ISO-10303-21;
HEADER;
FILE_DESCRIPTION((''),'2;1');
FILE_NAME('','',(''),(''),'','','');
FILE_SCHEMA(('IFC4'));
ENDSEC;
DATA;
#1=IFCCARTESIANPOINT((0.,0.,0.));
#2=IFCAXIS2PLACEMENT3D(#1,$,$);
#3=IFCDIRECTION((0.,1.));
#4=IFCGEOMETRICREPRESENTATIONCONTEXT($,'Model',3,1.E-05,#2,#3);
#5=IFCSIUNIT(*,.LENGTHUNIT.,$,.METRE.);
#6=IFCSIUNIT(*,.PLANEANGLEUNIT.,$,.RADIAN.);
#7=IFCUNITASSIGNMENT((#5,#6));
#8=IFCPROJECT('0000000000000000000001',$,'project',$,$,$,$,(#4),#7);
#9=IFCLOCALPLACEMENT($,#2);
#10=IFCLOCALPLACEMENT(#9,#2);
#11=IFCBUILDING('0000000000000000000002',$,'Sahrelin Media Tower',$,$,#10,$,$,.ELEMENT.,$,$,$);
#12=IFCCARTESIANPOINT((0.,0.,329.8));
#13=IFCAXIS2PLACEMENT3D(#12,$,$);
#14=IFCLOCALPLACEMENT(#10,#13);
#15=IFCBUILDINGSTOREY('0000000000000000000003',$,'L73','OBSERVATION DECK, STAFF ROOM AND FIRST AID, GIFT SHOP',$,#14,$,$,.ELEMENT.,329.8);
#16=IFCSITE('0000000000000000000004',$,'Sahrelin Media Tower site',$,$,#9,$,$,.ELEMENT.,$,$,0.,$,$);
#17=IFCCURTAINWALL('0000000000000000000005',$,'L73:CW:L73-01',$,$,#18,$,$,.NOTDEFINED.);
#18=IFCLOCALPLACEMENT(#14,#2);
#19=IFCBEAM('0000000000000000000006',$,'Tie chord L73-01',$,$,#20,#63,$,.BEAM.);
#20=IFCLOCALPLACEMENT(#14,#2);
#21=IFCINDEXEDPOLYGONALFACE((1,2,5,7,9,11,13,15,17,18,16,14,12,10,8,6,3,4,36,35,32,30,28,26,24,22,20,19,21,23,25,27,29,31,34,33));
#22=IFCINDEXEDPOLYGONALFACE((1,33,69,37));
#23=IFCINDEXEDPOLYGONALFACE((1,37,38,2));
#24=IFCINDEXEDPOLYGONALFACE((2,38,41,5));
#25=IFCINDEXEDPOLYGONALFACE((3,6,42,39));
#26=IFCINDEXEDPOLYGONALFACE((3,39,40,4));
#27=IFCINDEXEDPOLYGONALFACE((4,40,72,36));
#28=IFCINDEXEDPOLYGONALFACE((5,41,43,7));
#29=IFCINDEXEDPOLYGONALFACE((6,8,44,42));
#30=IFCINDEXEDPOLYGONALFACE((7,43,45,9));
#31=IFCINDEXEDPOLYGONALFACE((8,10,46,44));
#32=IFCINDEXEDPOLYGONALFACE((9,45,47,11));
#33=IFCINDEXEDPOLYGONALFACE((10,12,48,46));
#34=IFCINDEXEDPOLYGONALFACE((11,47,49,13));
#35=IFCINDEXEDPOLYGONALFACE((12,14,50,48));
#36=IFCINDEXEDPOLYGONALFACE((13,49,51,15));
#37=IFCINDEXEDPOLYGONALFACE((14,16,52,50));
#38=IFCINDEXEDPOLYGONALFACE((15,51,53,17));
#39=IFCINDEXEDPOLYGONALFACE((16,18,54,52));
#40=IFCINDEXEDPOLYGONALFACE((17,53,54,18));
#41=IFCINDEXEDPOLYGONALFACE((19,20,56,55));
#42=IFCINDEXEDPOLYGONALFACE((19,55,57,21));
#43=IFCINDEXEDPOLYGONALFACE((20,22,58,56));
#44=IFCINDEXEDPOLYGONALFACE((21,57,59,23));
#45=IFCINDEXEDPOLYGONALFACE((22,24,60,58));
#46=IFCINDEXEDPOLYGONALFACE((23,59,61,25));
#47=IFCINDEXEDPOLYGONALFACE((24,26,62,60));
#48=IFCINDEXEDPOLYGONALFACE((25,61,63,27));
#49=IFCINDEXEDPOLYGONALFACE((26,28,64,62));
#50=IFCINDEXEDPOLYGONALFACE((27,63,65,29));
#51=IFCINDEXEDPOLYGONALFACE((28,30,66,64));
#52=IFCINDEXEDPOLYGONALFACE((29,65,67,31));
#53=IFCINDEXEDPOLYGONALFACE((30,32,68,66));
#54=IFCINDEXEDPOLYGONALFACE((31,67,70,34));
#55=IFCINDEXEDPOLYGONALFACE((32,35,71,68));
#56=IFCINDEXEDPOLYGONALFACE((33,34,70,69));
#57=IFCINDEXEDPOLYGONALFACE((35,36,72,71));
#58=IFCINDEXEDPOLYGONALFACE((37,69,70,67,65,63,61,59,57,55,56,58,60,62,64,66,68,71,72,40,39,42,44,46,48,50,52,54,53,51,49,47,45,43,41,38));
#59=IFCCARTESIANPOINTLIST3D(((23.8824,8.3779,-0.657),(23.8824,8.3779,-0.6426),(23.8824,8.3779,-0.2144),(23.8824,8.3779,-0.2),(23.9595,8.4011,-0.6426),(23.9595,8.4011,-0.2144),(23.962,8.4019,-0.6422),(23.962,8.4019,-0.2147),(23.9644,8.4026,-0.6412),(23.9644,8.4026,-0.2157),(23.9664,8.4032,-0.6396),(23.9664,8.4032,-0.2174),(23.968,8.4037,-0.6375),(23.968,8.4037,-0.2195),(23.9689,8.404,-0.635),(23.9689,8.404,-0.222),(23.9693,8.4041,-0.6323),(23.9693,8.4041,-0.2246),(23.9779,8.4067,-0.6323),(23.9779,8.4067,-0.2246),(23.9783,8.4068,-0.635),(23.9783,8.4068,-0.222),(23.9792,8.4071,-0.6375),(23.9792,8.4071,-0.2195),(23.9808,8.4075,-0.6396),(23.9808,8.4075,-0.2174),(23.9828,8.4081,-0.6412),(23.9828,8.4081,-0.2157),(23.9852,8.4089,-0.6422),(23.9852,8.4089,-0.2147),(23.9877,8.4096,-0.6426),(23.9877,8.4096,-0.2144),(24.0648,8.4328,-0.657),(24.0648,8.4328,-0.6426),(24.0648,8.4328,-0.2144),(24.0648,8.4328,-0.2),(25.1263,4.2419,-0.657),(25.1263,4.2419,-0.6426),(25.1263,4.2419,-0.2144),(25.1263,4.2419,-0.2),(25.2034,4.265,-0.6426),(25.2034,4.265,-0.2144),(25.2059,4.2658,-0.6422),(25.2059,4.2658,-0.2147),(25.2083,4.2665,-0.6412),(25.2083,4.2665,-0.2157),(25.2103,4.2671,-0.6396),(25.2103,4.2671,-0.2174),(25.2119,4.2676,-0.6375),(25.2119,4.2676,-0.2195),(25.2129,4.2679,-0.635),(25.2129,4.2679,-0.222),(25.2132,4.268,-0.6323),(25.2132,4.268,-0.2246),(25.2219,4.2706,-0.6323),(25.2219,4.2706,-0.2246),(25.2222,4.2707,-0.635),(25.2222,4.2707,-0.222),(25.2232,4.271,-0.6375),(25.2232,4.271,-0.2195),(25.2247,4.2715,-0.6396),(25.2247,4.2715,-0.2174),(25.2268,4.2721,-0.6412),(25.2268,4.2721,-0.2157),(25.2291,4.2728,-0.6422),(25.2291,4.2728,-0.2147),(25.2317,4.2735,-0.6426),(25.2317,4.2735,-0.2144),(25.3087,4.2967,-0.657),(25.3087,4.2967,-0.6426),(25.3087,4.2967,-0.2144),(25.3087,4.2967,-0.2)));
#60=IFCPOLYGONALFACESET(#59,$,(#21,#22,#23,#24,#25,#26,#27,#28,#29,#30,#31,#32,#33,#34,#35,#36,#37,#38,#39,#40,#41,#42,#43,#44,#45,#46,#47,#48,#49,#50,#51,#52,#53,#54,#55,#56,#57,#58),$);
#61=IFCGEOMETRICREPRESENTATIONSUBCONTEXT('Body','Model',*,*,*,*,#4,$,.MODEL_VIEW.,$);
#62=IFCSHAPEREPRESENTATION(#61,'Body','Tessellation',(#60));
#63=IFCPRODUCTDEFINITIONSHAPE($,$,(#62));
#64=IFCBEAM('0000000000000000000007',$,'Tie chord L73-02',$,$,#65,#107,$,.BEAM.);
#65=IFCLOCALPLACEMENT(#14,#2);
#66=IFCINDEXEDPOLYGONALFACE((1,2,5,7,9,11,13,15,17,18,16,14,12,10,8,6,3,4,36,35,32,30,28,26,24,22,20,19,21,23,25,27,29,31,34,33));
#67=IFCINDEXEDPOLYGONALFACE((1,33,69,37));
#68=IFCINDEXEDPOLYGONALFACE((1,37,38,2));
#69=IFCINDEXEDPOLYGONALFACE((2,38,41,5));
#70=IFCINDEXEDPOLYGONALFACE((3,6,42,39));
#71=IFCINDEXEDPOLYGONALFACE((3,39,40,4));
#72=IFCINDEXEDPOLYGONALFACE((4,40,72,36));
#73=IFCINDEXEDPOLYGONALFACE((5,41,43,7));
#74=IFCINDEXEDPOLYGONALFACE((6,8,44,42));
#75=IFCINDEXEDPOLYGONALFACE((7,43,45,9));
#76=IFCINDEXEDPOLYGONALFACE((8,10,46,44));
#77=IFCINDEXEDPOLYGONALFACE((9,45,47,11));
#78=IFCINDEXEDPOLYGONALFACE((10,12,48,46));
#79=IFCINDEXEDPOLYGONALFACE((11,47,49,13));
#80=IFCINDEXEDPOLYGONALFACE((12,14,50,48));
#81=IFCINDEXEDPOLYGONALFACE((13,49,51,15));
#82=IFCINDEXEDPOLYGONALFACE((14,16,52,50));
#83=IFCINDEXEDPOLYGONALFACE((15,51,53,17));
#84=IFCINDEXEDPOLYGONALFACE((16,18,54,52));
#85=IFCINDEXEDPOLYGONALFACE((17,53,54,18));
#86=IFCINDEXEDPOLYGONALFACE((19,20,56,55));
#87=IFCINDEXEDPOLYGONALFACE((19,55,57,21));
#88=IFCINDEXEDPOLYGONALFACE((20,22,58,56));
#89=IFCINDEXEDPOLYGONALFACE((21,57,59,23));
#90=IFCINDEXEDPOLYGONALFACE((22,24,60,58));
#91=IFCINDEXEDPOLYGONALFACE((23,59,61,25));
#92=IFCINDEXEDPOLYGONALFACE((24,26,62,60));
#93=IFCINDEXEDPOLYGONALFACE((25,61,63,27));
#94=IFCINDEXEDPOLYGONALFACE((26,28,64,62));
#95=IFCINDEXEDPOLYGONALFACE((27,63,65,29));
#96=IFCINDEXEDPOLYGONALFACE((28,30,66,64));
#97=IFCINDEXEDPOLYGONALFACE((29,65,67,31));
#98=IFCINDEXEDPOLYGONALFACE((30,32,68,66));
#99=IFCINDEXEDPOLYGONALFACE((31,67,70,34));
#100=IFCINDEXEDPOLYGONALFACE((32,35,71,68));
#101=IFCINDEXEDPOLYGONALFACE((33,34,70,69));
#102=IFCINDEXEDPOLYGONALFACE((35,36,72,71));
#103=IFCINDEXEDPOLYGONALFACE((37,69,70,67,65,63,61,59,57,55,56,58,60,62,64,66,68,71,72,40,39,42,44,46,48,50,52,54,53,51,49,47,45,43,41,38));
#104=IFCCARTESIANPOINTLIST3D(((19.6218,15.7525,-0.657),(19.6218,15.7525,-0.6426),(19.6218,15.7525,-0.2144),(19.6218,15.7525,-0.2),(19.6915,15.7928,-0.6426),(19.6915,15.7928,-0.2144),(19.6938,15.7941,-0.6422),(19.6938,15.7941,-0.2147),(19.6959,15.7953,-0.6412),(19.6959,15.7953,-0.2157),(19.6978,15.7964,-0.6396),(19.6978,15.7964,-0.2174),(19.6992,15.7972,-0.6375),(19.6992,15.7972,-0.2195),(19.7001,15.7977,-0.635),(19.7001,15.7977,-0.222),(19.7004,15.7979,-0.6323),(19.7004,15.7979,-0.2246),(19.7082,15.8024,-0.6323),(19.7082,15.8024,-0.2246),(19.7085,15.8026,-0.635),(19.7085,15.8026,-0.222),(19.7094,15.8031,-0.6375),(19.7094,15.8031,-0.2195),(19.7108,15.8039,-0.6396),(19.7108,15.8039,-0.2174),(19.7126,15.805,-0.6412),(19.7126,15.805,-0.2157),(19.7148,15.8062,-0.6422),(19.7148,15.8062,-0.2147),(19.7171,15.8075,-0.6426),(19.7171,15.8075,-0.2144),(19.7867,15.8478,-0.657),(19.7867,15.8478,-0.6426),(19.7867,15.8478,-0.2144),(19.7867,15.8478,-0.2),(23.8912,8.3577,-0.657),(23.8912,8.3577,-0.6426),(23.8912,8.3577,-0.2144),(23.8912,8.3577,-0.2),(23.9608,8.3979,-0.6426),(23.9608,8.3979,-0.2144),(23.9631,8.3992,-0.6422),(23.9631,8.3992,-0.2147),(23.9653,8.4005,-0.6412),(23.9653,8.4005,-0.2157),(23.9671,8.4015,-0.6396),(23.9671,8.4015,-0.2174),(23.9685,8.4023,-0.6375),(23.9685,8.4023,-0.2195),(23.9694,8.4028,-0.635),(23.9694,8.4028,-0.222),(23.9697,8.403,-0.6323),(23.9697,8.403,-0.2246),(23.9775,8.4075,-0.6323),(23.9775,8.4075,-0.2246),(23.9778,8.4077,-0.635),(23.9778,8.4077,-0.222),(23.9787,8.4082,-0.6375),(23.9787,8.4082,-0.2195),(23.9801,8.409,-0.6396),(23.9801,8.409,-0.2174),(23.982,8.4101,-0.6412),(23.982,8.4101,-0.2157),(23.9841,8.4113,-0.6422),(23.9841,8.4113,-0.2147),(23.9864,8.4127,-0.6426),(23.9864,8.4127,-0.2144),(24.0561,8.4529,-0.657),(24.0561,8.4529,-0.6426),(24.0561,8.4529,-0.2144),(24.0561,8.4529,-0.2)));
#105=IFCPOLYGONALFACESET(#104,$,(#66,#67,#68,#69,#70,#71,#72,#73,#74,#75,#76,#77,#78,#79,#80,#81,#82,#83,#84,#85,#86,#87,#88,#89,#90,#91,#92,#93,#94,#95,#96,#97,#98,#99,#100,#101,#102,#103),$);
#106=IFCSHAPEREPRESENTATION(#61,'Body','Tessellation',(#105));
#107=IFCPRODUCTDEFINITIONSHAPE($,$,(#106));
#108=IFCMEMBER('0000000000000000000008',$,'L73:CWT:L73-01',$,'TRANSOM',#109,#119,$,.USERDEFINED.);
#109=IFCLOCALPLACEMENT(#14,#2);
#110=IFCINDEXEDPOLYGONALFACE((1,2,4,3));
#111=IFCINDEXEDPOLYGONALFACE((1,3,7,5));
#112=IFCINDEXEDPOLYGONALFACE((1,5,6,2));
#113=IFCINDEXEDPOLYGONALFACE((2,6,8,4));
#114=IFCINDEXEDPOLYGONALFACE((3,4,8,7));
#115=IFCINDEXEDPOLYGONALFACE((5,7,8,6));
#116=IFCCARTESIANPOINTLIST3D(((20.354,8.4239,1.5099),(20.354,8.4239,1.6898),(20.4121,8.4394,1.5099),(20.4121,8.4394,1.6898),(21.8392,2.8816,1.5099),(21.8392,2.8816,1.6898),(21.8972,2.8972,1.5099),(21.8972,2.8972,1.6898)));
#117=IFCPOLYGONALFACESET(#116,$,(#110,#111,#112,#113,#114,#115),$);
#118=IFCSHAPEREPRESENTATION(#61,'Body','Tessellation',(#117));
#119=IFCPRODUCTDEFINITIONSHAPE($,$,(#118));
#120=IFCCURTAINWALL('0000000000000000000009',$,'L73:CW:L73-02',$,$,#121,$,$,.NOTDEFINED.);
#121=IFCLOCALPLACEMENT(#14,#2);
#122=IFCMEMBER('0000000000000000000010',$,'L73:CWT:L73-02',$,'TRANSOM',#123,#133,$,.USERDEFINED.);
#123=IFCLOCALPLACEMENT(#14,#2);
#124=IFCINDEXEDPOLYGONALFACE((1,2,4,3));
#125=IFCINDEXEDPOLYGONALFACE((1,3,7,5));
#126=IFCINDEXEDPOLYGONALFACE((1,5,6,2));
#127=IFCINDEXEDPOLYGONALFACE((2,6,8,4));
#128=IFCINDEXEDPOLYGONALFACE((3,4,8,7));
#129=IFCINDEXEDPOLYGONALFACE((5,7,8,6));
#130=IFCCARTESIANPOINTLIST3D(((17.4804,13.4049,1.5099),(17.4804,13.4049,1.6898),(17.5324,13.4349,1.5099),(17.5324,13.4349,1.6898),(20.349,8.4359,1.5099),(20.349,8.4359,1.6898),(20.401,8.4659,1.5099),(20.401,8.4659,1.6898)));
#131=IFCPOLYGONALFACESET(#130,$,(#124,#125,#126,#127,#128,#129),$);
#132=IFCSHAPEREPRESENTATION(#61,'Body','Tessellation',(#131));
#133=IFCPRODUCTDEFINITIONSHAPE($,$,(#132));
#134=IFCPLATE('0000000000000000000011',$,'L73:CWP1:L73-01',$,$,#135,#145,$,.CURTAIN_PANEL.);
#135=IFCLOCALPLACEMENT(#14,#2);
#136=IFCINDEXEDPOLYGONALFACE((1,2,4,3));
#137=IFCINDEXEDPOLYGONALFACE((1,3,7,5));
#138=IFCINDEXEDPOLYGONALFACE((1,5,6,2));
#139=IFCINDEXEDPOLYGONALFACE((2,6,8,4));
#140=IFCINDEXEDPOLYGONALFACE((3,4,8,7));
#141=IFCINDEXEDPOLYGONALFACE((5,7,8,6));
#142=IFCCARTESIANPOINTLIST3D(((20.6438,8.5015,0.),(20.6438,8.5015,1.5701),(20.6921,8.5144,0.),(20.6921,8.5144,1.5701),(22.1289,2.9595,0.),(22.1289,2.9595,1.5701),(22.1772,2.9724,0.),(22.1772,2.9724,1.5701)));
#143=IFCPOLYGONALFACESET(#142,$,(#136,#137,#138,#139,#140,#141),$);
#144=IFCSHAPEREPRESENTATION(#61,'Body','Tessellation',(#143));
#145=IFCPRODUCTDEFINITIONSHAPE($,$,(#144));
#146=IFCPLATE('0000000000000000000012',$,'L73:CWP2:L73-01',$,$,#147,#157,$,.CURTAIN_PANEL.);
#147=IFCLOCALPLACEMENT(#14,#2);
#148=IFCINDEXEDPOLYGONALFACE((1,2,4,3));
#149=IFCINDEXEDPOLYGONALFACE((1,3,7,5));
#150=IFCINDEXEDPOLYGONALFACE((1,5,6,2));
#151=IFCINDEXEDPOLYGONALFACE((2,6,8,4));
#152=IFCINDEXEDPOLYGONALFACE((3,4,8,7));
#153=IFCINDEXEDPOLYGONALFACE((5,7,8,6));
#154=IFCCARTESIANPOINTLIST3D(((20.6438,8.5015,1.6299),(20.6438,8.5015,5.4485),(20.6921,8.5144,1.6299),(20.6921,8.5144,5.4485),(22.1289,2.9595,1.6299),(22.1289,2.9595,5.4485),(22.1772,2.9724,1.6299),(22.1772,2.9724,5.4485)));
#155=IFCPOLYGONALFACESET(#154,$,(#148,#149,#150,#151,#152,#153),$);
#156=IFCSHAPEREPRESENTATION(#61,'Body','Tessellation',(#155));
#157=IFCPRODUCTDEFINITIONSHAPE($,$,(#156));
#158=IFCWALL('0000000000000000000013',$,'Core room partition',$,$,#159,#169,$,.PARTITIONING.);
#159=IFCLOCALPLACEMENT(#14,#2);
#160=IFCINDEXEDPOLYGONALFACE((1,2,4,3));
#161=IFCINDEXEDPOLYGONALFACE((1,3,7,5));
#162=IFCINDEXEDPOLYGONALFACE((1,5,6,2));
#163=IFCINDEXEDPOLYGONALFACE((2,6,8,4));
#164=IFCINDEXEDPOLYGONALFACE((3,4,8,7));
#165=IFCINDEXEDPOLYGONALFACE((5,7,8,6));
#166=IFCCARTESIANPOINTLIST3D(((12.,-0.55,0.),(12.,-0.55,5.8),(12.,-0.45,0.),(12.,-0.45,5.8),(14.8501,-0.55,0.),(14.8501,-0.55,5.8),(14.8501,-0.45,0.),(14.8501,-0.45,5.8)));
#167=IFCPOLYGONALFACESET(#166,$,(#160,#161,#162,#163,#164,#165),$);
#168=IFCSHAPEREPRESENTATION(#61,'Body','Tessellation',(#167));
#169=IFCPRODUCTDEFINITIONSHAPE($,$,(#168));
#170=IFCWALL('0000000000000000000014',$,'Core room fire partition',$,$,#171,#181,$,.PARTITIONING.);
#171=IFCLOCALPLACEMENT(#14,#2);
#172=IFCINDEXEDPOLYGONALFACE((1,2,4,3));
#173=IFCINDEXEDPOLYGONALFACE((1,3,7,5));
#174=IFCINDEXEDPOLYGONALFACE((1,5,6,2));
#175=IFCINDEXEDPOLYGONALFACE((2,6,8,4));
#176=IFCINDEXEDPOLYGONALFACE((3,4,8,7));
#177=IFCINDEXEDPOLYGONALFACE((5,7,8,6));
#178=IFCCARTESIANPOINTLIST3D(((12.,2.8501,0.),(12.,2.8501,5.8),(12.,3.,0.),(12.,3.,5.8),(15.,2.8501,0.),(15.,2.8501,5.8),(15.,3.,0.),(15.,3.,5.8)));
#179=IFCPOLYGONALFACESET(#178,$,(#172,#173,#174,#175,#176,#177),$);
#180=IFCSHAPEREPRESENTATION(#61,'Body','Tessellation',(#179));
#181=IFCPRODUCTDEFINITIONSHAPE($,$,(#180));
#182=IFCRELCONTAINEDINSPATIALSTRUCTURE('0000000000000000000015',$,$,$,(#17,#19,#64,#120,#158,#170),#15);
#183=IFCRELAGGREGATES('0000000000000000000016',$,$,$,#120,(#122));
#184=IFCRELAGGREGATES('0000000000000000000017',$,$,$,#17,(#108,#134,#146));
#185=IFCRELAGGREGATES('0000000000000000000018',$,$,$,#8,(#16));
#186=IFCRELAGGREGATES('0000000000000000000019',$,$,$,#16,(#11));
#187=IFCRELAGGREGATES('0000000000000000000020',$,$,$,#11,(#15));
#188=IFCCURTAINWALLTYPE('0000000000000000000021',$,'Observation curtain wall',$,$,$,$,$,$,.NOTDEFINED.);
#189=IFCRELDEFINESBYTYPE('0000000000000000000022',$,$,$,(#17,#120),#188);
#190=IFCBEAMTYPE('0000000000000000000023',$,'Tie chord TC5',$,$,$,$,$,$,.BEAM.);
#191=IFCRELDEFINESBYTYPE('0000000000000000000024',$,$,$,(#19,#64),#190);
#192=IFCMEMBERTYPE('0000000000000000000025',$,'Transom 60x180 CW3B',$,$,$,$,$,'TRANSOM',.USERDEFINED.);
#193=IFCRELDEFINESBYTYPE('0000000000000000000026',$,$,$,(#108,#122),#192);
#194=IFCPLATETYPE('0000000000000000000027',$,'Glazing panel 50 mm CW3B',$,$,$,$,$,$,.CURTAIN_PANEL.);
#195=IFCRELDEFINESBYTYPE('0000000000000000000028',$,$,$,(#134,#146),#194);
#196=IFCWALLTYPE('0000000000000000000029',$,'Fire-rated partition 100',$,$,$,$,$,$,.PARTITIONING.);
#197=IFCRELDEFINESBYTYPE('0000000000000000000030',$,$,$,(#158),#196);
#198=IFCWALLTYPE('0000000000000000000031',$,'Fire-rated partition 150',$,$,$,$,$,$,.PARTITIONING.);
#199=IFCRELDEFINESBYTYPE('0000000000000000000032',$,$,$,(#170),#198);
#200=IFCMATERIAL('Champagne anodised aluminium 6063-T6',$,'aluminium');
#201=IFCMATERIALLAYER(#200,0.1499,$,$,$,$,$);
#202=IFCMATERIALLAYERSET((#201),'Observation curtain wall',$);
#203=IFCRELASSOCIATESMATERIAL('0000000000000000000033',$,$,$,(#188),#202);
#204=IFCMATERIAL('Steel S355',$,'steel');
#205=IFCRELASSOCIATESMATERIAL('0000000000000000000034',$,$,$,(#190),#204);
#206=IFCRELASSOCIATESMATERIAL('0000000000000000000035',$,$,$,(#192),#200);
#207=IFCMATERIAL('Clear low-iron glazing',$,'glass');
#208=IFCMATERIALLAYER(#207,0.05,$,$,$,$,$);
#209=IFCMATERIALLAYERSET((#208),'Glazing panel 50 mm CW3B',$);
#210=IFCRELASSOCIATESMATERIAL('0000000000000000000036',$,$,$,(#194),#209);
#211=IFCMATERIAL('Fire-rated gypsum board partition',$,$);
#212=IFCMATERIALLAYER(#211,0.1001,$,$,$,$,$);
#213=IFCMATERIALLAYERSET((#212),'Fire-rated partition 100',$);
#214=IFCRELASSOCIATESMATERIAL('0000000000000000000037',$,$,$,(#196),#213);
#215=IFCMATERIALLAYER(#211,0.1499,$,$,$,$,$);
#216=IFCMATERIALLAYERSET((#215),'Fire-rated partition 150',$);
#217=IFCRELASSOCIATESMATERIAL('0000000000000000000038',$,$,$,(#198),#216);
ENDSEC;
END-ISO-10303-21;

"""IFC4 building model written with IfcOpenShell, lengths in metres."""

from ifc_helpers import new_model, si_unit, direction, frame, frame_2d, origin, origin_2d, place, context, subcontext, project, spatial, polyline, rectangle, i_section, outline, extrude, material, layer, layer_set, material_profile, profile_set, type_object, element, aggregate, save


model = new_model("IFC4")

# Units and contexts
model_context = context("Model", 3, precision=1e-05, world=origin(), true_north=direction((0.0, 1.0)))
body_context = subcontext(model_context, "Body", "Model", "MODEL_VIEW")
ifc_project = project(units=[si_unit("LENGTHUNIT", "METRE"), si_unit("PLANEANGLEUNIT", "RADIAN")], contexts=[model_context])

# Site, building, storey
site_placement = place(None, origin())
site = spatial("IfcSite", under=ifc_project, at=site_placement, Name="Sahrelin Media Tower site", CompositionType="ELEMENT", RefElevation=0.0)
building_placement = place(site_placement, origin())
building = spatial("IfcBuilding", under=site, at=building_placement, Name="Sahrelin Media Tower", CompositionType="ELEMENT")
storey_placement = place(building_placement, frame((0.0, 0.0, 329.8)))
storey = spatial("IfcBuildingStorey", under=building, at=storey_placement, Name="L73", Description="OBSERVATION DECK, STAFF ROOM AND FIRST AID, GIFT SHOP", CompositionType="ELEMENT", Elevation=329.8)

# Shared definitions
ifc_material_1 = material(Name="Steel S355", Category="steel")

# Curtain wall
ifc_material_2 = material(Name="Champagne anodised aluminium 6063-T6", Category="aluminium")
ifc_layer_1 = layer(ifc_material_2, 0.1499)
ifc_layer_set_1 = layer_set([ifc_layer_1], Name="Observation curtain wall")
curtain_wall_type = type_object("IfcCurtainWallType", Name="Observation curtain wall", PredefinedType="NOTDEFINED", material=ifc_layer_set_1)
curtain_wall_1_placement = place(storey_placement, frame((21.4153, 5.7383, 0.0), z_axis=(0.0, 0.0, 1.0), x_axis=(1.0, 0.0, 0.0)))
curtain_wall_1 = element("IfcCurtainWall", 1, at=curtain_wall_1_placement, inside=storey, type_object=curtain_wall_type, Name="L73:CW:L73-01", PredefinedType="NOTDEFINED")

# Beams
ifc_material_profile_1 = material_profile(ifc_material_1, i_section(OverallWidth=0.1904, OverallDepth=0.457, WebThickness=0.009, FlangeThickness=0.0144, FilletRadius=0.0103, at=origin_2d()), Name="UB 457x191x74")
ifc_profile_set_1 = profile_set([ifc_material_profile_1], Name="Steel S355")
beam_type_1 = type_object("IfcBeamType", Name="Tie chord TC5", PredefinedType="BEAM", material=ifc_profile_set_1)
beam_1_placement = place(storey_placement, frame((25.2175, 4.2693, -0.4285), z_axis=(-0.288006, 0.957628, 0.0), x_axis=(-0.957628, -0.288006, 0.0)))
element("IfcBeam", 2, at=beam_1_placement, inside=storey, type_object=beam_type_1, Name="Tie chord L73-01", PredefinedType="BEAM", context=body_context, shape_type="SweptSolid", body=[
    extrude(i_section(OverallWidth=0.1904, OverallDepth=0.457, WebThickness=0.009, FlangeThickness=0.0144, FilletRadius=0.0103, at=origin_2d()), origin(), (0.0, 0.0, 1.0), 4.3191),
])
beam_2_placement = place(storey_placement, frame((23.9736, 8.4053, -0.4285), z_axis=(-0.499992, 0.86603, 0.0), x_axis=(-0.86603, -0.499992, 0.0)))
element("IfcBeam", 3, at=beam_2_placement, inside=storey, type_object=beam_type_1, Name="Tie chord L73-02", PredefinedType="BEAM", context=body_context, shape_type="SweptSolid", body=[
    extrude(i_section(OverallWidth=0.1904, OverallDepth=0.457, WebThickness=0.009, FlangeThickness=0.0144, FilletRadius=0.0103, at=origin_2d()), origin(), (0.0, 0.0, 1.0), 8.5388),
])

# Member
ifc_material_profile_2 = material_profile(ifc_material_2, rectangle(XDim=0.0601, YDim=0.1799, at=origin_2d()), Name="Transom 60x180")
ifc_profile_set_2 = profile_set([ifc_material_profile_2], Name="Champagne anodised aluminium 6063-T6")
member_type_1 = type_object("IfcMemberType", Name="Transom 60x180 CW3B", ElementType="TRANSOM", PredefinedType="USERDEFINED", material=ifc_profile_set_2)
member_1_placement = place(storey_placement, frame((21.8682, 2.8894, 1.5999), z_axis=(-0.25883, 0.965923, 0.0), x_axis=(-0.965923, -0.25883, 0.0)))
member_1 = element("IfcMember", 4, at=member_1_placement, type_object=member_type_1, Name="L73:CWT:L73-01", ObjectType="TRANSOM", PredefinedType="USERDEFINED", context=body_context, shape_type="SweptSolid", body=[
    extrude(rectangle(XDim=0.0601, YDim=0.1799, at=origin_2d()), origin(), (0.0, 0.0, 1.0), 5.7378),
])

# Curtain wall, member
curtain_wall_2_placement = place(storey_placement, frame((19.2004, 11.0854, 0.0), z_axis=(0.0, 0.0, 1.0), x_axis=(1.0, 0.0, 0.0)))
curtain_wall_2 = element("IfcCurtainWall", 5, at=curtain_wall_2_placement, inside=storey, type_object=curtain_wall_type, Name="L73:CW:L73-02", PredefinedType="NOTDEFINED")
member_2_placement = place(storey_placement, frame((20.375, 8.4509, 1.5999), z_axis=(-0.499974, 0.86604, 0.0), x_axis=(-0.86604, -0.499974, 0.0)))
member_2 = element("IfcMember", 6, at=member_2_placement, type_object=member_type_1, Name="L73:CWT:L73-02", ObjectType="TRANSOM", PredefinedType="USERDEFINED", context=body_context, shape_type="SweptSolid", body=[
    extrude(rectangle(XDim=0.0601, YDim=0.1799, at=origin_2d()), origin(), (0.0, 0.0, 1.0), 5.7375),
])
aggregate(curtain_wall_2, [member_2])

# Plates
ifc_material_3 = material(Name="Clear low-iron glazing", Category="glass")
ifc_layer_2 = layer(ifc_material_3, 0.05)
ifc_layer_set_2 = layer_set([ifc_layer_2], Name="Glazing panel 50 mm CW3B")
plate_type = type_object("IfcPlateType", Name="Glazing panel 50 mm CW3B", PredefinedType="CURTAIN_PANEL", material=ifc_layer_set_2)
plate_1_placement = place(storey_placement, frame((22.1772, 2.9724, 0.0), z_axis=(0.96592, 0.258841, 0.0), x_axis=(-0.258841, 0.96592, 0.0)))
plate_1 = element("IfcPlate", 7, at=plate_1_placement, type_object=plate_type, Name="L73:CWP1:L73-01", PredefinedType="CURTAIN_PANEL", context=body_context, shape_type="SweptSolid", body=[
    extrude(outline(polyline([(0.0, 0.0), (5.7375, 0.0), (5.7375, 1.5701), (0.0, 1.5701), (0.0, 0.0)])), origin(), (0.0, 0.0, -1.0), 0.05),
])
plate_2_placement = place(storey_placement, frame((22.1772, 2.9724, 1.6299), z_axis=(0.96592, 0.258841, 0.0), x_axis=(-0.258841, 0.96592, 0.0)))
plate_2 = element("IfcPlate", 8, at=plate_2_placement, type_object=plate_type, Name="L73:CWP2:L73-01", PredefinedType="CURTAIN_PANEL", context=body_context, shape_type="SweptSolid", body=[
    extrude(outline(polyline([(0.0, 0.0), (5.7375, 0.0), (5.7375, 3.8186), (0.0, 3.8186), (0.0, 0.0)])), origin(), (0.0, 0.0, -1.0), 0.05),
])
aggregate(curtain_wall_1, [member_1, plate_1, plate_2])

# Walls
ifc_material_4 = material(Name="Fire-rated gypsum board partition")
ifc_layer_3 = layer(ifc_material_4, 0.1001)
ifc_layer_set_3 = layer_set([ifc_layer_3], Name="Fire-rated partition 100")
wall_type_1 = type_object("IfcWallType", Name="Fire-rated partition 100", PredefinedType="PARTITIONING", material=ifc_layer_set_3)
wall_1_placement = place(storey_placement, frame((12.0, -0.5, 0.0), z_axis=(0.0, 0.0, 1.0), x_axis=(1.0, 0.0, 0.0)))
element("IfcWall", 9, at=wall_1_placement, inside=storey, type_object=wall_type_1, Name="Core room partition", PredefinedType="PARTITIONING", context=body_context, shape_type="SweptSolid", body=[
    extrude(rectangle(XDim=2.8501, YDim=0.1001, at=frame_2d((1.425, 0.0))), origin(), (0.0, 0.0, 1.0), 5.8),
])
ifc_layer_4 = layer(ifc_material_4, 0.1499)
ifc_layer_set_4 = layer_set([ifc_layer_4], Name="Fire-rated partition 150")
wall_type_2 = type_object("IfcWallType", Name="Fire-rated partition 150", PredefinedType="PARTITIONING", material=ifc_layer_set_4)
wall_2_placement = place(storey_placement, frame((12.0, 2.925, 0.0), z_axis=(0.0, 0.0, 1.0), x_axis=(1.0, 0.0, 0.0)))
element("IfcWall", 10, at=wall_2_placement, inside=storey, type_object=wall_type_2, Name="Core room fire partition", PredefinedType="PARTITIONING", context=body_context, shape_type="SweptSolid", body=[
    extrude(rectangle(XDim=3.0, YDim=0.1499, at=frame_2d((1.5, 0.0))), origin(), (0.0, 0.0, 1.0), 5.8),
])

save(model, "model.ifc")
